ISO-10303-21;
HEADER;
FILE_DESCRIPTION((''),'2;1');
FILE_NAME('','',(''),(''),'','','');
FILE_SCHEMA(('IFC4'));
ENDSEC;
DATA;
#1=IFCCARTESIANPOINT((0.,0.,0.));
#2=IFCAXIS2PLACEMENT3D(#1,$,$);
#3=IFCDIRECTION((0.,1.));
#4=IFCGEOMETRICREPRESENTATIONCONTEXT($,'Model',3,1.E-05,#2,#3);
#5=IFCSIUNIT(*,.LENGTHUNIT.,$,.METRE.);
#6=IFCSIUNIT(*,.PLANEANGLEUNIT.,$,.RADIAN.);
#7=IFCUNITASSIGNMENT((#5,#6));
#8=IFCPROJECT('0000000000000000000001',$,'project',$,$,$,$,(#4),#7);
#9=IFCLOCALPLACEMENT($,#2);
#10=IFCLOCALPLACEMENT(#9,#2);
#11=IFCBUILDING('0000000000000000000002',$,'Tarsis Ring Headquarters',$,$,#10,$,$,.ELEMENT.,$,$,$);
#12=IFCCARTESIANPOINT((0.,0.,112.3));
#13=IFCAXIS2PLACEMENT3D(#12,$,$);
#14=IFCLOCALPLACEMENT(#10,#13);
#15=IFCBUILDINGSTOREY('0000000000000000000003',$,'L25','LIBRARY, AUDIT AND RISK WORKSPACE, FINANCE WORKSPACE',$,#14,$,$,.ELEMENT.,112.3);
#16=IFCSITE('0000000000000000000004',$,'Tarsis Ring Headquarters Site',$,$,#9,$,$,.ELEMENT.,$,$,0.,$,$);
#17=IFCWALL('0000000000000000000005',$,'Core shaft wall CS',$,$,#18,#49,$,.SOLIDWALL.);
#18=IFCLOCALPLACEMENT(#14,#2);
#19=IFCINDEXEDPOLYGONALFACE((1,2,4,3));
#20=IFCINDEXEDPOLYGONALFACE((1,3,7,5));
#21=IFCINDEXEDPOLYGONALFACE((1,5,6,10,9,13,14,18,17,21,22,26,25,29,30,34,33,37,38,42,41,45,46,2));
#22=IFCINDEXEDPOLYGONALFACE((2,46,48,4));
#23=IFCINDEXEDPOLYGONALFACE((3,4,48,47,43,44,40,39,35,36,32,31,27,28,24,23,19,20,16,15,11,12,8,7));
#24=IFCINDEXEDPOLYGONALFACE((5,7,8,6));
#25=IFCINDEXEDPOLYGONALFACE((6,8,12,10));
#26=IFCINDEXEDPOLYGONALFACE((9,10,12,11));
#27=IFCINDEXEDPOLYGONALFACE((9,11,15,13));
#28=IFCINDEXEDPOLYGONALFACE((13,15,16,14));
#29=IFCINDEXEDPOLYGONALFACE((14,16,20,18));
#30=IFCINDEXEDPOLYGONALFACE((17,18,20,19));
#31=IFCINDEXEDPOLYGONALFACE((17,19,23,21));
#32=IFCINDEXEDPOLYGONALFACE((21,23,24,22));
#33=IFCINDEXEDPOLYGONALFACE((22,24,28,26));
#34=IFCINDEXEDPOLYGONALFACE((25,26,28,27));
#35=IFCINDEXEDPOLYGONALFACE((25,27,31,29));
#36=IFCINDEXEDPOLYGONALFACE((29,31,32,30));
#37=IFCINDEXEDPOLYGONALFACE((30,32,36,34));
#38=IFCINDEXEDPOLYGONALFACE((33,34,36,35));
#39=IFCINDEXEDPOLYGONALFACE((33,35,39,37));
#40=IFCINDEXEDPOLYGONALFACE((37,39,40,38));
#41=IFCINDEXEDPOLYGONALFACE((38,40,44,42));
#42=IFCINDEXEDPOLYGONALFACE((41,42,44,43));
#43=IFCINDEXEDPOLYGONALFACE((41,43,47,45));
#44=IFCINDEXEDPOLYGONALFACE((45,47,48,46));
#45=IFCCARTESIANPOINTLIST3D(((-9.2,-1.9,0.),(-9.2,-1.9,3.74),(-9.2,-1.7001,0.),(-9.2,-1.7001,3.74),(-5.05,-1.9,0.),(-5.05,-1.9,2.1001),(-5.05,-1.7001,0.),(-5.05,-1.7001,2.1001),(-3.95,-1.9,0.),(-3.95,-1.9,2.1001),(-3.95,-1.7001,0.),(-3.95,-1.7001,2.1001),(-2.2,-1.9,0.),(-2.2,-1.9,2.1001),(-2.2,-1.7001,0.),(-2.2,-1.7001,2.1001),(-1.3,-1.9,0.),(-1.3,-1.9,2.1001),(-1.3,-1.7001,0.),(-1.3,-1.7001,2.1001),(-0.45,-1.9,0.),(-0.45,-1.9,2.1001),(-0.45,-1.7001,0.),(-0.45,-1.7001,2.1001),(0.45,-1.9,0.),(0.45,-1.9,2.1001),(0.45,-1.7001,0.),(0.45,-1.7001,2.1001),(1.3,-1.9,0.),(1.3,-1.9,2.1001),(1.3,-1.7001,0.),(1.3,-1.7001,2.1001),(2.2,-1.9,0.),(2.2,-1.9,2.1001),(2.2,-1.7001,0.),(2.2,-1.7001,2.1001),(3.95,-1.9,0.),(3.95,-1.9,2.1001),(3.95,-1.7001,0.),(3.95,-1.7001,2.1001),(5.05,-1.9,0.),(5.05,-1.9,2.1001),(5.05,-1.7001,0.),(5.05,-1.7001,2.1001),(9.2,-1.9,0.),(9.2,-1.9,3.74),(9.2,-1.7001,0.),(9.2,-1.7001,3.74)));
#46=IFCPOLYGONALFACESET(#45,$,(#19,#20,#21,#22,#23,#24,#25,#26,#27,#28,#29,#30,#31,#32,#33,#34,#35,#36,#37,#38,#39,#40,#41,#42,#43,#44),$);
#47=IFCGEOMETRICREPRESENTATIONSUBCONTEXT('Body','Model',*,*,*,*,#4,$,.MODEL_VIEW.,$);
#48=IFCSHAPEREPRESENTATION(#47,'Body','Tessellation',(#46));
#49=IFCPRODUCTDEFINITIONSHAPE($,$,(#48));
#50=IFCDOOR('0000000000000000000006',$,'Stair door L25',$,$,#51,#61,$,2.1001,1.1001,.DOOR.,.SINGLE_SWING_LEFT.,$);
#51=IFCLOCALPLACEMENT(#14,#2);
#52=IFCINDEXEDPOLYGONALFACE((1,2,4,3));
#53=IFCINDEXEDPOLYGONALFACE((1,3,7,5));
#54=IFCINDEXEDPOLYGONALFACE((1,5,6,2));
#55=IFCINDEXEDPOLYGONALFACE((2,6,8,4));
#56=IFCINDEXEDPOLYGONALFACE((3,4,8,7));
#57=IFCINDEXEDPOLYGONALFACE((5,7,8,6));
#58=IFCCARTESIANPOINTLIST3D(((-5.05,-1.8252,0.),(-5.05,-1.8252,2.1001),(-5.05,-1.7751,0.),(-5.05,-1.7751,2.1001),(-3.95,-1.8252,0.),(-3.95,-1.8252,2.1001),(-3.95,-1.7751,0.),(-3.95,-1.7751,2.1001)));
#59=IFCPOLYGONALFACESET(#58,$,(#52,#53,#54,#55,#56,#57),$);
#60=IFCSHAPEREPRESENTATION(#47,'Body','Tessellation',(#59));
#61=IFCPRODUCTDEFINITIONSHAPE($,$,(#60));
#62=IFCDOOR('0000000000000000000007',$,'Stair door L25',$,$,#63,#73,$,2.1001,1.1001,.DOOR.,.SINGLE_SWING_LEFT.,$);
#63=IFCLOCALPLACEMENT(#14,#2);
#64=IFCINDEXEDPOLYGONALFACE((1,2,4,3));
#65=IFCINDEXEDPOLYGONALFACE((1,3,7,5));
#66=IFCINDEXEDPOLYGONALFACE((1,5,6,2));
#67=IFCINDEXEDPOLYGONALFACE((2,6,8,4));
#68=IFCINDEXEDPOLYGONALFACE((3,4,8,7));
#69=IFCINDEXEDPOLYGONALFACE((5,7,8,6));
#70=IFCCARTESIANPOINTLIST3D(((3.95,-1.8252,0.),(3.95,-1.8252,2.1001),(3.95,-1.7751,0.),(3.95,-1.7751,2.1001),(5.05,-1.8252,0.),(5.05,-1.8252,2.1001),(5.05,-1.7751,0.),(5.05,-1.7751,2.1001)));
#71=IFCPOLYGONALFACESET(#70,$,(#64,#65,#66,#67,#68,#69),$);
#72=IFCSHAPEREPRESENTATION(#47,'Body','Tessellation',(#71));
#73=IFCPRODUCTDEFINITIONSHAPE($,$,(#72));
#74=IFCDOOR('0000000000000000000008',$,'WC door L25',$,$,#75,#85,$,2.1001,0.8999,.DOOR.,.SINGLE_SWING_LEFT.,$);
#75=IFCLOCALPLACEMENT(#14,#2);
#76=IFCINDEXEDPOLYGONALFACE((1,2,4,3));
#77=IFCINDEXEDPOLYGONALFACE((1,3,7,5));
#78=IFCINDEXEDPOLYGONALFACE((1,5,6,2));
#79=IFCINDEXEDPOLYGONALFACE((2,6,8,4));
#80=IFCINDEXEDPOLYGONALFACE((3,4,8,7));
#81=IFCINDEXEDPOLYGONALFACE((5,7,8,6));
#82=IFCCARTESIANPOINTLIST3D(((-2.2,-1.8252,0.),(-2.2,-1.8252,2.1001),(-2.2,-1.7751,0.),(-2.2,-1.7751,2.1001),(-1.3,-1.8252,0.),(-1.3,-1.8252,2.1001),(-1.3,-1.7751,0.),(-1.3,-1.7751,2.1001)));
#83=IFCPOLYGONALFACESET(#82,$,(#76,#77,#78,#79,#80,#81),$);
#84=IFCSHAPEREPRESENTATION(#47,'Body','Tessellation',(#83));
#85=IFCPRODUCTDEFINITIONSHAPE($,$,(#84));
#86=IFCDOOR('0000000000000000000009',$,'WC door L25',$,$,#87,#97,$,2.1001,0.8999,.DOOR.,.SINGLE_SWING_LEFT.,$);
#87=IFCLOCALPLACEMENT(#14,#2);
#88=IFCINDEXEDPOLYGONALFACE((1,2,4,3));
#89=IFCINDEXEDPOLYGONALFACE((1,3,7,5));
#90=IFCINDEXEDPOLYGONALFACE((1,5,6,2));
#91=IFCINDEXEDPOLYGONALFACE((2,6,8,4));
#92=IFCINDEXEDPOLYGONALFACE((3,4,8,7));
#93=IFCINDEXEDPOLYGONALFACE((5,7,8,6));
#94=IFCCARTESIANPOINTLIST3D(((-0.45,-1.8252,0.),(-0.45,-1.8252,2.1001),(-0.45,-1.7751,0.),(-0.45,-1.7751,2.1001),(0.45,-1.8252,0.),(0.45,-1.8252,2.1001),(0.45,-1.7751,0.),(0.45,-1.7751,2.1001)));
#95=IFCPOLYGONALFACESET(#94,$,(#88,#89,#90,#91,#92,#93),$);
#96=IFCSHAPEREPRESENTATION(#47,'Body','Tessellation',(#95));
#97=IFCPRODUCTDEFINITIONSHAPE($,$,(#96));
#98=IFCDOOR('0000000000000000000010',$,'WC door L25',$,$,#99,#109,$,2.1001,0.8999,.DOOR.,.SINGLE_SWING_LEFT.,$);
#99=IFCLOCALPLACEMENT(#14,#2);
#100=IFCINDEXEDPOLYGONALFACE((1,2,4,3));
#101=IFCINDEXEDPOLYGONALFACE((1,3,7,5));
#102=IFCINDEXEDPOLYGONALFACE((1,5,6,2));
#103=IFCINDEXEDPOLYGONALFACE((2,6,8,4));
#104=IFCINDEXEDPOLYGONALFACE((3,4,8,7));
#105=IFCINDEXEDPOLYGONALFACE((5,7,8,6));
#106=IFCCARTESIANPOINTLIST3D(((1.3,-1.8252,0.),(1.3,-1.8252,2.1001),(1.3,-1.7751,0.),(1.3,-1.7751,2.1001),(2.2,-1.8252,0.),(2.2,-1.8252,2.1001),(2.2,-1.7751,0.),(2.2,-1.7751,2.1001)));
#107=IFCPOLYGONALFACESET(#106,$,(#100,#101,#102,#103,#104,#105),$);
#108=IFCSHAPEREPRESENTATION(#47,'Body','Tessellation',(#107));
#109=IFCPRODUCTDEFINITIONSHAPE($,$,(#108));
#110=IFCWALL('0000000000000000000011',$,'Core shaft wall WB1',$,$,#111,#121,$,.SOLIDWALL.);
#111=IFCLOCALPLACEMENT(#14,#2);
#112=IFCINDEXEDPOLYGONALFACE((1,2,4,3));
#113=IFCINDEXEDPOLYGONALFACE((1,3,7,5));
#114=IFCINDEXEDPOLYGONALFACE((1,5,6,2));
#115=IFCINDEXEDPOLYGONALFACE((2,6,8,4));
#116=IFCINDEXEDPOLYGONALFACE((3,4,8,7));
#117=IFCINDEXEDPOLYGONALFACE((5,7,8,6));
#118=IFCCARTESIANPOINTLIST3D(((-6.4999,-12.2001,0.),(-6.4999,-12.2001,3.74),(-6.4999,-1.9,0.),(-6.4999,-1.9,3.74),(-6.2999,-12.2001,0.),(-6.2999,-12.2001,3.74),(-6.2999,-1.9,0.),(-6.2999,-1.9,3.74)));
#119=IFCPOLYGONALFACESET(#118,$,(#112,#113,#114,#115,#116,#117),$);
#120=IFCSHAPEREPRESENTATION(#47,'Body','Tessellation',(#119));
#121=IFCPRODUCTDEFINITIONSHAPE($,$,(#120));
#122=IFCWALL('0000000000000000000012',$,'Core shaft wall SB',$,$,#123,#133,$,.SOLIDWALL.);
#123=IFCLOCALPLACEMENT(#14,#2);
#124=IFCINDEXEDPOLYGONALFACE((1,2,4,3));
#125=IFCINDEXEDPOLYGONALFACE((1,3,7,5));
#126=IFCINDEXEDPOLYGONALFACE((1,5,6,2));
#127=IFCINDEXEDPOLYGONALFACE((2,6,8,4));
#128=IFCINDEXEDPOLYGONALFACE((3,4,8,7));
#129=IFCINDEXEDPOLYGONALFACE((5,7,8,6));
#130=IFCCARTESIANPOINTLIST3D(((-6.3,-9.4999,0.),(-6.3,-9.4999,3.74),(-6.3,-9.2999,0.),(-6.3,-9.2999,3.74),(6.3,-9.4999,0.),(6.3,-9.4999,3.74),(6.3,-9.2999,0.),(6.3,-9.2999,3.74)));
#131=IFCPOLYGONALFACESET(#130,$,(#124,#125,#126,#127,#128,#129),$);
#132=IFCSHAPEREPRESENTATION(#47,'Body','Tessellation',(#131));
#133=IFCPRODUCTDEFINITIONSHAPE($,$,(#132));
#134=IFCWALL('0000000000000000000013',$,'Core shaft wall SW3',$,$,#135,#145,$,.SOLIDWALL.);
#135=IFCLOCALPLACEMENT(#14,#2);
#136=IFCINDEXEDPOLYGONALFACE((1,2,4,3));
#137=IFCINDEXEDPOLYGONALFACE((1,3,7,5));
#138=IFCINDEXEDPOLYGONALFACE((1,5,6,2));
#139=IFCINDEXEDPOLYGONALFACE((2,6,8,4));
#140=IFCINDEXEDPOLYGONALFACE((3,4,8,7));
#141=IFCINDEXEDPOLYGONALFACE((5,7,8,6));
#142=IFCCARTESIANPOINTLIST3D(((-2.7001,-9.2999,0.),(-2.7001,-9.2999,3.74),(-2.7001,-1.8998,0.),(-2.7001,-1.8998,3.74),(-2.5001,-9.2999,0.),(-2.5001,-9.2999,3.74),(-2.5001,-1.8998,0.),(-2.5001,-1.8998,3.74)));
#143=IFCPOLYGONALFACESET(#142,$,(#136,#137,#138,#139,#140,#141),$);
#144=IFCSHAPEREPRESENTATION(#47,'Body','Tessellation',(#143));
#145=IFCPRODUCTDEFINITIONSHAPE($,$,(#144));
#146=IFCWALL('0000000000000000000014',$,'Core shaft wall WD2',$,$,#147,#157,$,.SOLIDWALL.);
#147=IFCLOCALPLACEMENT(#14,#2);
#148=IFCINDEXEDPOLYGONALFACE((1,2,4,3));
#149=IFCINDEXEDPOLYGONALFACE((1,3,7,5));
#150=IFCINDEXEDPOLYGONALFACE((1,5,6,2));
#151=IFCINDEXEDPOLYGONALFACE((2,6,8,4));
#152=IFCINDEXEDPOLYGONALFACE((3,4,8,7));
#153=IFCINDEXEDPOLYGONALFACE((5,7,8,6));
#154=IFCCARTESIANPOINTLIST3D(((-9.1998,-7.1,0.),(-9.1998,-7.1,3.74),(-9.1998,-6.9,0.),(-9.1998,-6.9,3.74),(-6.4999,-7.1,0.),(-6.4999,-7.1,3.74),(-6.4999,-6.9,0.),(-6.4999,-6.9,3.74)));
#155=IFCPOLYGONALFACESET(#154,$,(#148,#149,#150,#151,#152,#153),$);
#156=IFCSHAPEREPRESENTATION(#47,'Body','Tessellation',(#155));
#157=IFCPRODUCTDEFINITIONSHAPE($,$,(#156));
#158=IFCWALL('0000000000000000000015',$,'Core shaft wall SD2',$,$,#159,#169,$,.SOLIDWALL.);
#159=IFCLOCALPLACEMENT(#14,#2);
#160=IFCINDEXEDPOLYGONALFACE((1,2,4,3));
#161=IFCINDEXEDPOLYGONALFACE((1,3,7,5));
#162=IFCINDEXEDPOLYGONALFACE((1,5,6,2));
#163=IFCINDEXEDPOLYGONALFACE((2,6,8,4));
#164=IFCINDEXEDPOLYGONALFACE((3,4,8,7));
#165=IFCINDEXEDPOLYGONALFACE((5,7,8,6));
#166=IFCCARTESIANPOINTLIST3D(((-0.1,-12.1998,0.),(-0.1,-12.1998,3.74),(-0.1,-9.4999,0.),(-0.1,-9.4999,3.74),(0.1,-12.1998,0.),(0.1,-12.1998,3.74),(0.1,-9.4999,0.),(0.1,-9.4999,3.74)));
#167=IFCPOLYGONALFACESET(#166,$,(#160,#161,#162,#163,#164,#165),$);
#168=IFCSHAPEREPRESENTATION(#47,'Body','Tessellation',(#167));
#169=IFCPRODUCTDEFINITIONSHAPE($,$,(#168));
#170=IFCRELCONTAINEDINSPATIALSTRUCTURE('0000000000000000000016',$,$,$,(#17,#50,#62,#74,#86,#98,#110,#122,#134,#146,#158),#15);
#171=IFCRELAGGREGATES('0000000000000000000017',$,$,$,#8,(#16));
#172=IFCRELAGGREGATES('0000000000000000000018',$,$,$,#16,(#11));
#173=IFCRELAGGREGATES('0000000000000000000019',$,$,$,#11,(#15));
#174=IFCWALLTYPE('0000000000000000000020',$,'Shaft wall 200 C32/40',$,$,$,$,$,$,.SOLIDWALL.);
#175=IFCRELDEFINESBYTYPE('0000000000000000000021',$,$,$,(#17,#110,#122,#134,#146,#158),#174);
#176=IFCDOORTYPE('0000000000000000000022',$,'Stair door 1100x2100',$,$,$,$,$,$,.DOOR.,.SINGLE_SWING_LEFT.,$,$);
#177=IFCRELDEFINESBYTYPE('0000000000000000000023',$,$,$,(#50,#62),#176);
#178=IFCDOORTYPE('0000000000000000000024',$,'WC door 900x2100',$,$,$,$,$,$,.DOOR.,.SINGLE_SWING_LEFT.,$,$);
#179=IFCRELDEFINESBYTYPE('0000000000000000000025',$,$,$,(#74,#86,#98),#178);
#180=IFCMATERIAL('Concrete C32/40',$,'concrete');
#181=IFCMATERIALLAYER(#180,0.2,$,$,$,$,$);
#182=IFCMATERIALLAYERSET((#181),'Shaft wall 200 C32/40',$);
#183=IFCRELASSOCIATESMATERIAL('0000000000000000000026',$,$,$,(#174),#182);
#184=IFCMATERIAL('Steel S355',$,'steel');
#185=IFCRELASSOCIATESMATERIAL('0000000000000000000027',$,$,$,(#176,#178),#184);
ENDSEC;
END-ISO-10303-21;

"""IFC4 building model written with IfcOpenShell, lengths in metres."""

from ifc_helpers import new_model, si_unit, direction, frame, frame_2d, origin, place, context, subcontext, project, spatial, rectangle, extrude, material, layer, layer_set, type_object, element, fill, save


model = new_model("IFC4")

# Units and contexts
model_context = context("Model", 3, precision=1e-05, world=origin(), true_north=direction((0.0, 1.0)))
body_context = subcontext(model_context, "Body", "Model", "MODEL_VIEW")
ifc_project = project(units=[si_unit("LENGTHUNIT", "METRE"), si_unit("PLANEANGLEUNIT", "RADIAN")], contexts=[model_context])

# Site, building, storey
site_placement = place(None, origin())
site = spatial("IfcSite", under=ifc_project, at=site_placement, Name="Tarsis Ring Headquarters Site", CompositionType="ELEMENT", RefElevation=0.0)
building_placement = place(site_placement, origin())
building = spatial("IfcBuilding", under=site, at=building_placement, Name="Tarsis Ring Headquarters", CompositionType="ELEMENT")
storey_placement = place(building_placement, frame((0.0, 0.0, 112.3)))
storey = spatial("IfcBuildingStorey", under=building, at=storey_placement, Name="L25", Description="LIBRARY, AUDIT AND RISK WORKSPACE, FINANCE WORKSPACE", CompositionType="ELEMENT", Elevation=112.3)

# Shared definitions
ifc_material_1 = material(Name="Concrete C32/40", Category="concrete")

# Wall, openings, doors
ifc_layer_1 = layer(ifc_material_1, 0.2)
ifc_layer_set_1 = layer_set([ifc_layer_1], Name="Shaft wall 200 C32/40")
wall_type_1 = type_object("IfcWallType", Name="Shaft wall 200 C32/40", PredefinedType="SOLIDWALL", material=ifc_layer_set_1)
wall_1_placement = place(storey_placement, frame((-9.2, -1.8, 0.0), z_axis=(0.0, 0.0, 1.0), x_axis=(1.0, 0.0, 0.0)))
wall_1 = element("IfcWall", 1, at=wall_1_placement, inside=storey, type_object=wall_type_1, Name="Core shaft wall CS", PredefinedType="SOLIDWALL", context=body_context, shape_type="SweptSolid", body=[
    extrude(rectangle(XDim=18.3999, YDim=0.2, at=frame_2d((9.2, 0.0))), origin(), (0.0, 0.0, 1.0), 3.74),
])
opening_1_placement = place(wall_1_placement, frame((4.1499, 0.0, 0.0)))
opening_1 = element("IfcOpeningElement", 2, at=opening_1_placement, cuts=wall_1, PredefinedType="OPENING", context=body_context, shape_type="SweptSolid", body=[
    extrude(rectangle(XDim=1.1001, YDim=2.1001, at=frame_2d((0.55, 1.05))), frame((0.0, 0.1099, 0.0), z_axis=(0.0, -1.0, 0.0), x_axis=(1.0, 0.0, 0.0)), (0.0, 0.0, 1.0), 0.22),
])
opening_2_placement = place(wall_1_placement, frame((7.0, 0.0, 0.0)))
opening_2 = element("IfcOpeningElement", 3, at=opening_2_placement, cuts=wall_1, PredefinedType="OPENING", context=body_context, shape_type="SweptSolid", body=[
    extrude(rectangle(XDim=0.8999, YDim=2.1001, at=frame_2d((0.45, 1.05))), frame((0.0, 0.1099, 0.0), z_axis=(0.0, -1.0, 0.0), x_axis=(1.0, 0.0, 0.0)), (0.0, 0.0, 1.0), 0.22),
])
opening_3_placement = place(wall_1_placement, frame((8.75, 0.0, 0.0)))
opening_3 = element("IfcOpeningElement", 4, at=opening_3_placement, cuts=wall_1, PredefinedType="OPENING", context=body_context, shape_type="SweptSolid", body=[
    extrude(rectangle(XDim=0.8999, YDim=2.1001, at=frame_2d((0.45, 1.05))), frame((0.0, 0.1099, 0.0), z_axis=(0.0, -1.0, 0.0), x_axis=(1.0, 0.0, 0.0)), (0.0, 0.0, 1.0), 0.22),
])
opening_4_placement = place(wall_1_placement, frame((10.5, 0.0, 0.0)))
opening_4 = element("IfcOpeningElement", 5, at=opening_4_placement, cuts=wall_1, PredefinedType="OPENING", context=body_context, shape_type="SweptSolid", body=[
    extrude(rectangle(XDim=0.8999, YDim=2.1001, at=frame_2d((0.45, 1.05))), frame((0.0, 0.1099, 0.0), z_axis=(0.0, -1.0, 0.0), x_axis=(1.0, 0.0, 0.0)), (0.0, 0.0, 1.0), 0.22),
])
opening_5_placement = place(wall_1_placement, frame((13.1499, 0.0, 0.0)))
opening_5 = element("IfcOpeningElement", 6, at=opening_5_placement, cuts=wall_1, PredefinedType="OPENING", context=body_context, shape_type="SweptSolid", body=[
    extrude(rectangle(XDim=1.1001, YDim=2.1001, at=frame_2d((0.55, 1.05))), frame((0.0, 0.1099, 0.0), z_axis=(0.0, -1.0, 0.0), x_axis=(1.0, 0.0, 0.0)), (0.0, 0.0, 1.0), 0.22),
])
ifc_material_2 = material(Name="Steel S355", Category="steel")
door_type_1 = type_object("IfcDoorType", Name="Stair door 1100x2100", OperationType="SINGLE_SWING_LEFT", PredefinedType="DOOR", material=ifc_material_2)
door_1_placement = place(opening_1_placement, origin())
door_1 = element("IfcDoor", 7, at=door_1_placement, inside=storey, type_object=door_type_1, Name="Stair door L25", OperationType="SINGLE_SWING_LEFT", OverallHeight=2.1001, OverallWidth=1.1001, PredefinedType="DOOR", context=body_context, shape_type="SweptSolid", body=[
    extrude(rectangle(XDim=1.1001, YDim=2.1001, at=frame_2d((0.55, 1.05))), frame((0.0, 0.0249, 0.0), z_axis=(0.0, -1.0, 0.0), x_axis=(1.0, 0.0, 0.0)), (0.0, 0.0, 1.0), 0.05),
])
fill(opening_1, door_1)
door_2_placement = place(opening_5_placement, origin())
door_2 = element("IfcDoor", 8, at=door_2_placement, inside=storey, type_object=door_type_1, Name="Stair door L25", OperationType="SINGLE_SWING_LEFT", OverallHeight=2.1001, OverallWidth=1.1001, PredefinedType="DOOR", context=body_context, shape_type="SweptSolid", body=[
    extrude(rectangle(XDim=1.1001, YDim=2.1001, at=frame_2d((0.55, 1.05))), frame((0.0, 0.0249, 0.0), z_axis=(0.0, -1.0, 0.0), x_axis=(1.0, 0.0, 0.0)), (0.0, 0.0, 1.0), 0.05),
])
fill(opening_5, door_2)
door_type_2 = type_object("IfcDoorType", Name="WC door 900x2100", OperationType="SINGLE_SWING_LEFT", PredefinedType="DOOR", material=ifc_material_2)
door_3_placement = place(opening_2_placement, origin())
door_3 = element("IfcDoor", 9, at=door_3_placement, inside=storey, type_object=door_type_2, Name="WC door L25", OperationType="SINGLE_SWING_LEFT", OverallHeight=2.1001, OverallWidth=0.8999, PredefinedType="DOOR", context=body_context, shape_type="SweptSolid", body=[
    extrude(rectangle(XDim=0.8999, YDim=2.1001, at=frame_2d((0.45, 1.05))), frame((0.0, 0.0249, 0.0), z_axis=(0.0, -1.0, 0.0), x_axis=(1.0, 0.0, 0.0)), (0.0, 0.0, 1.0), 0.05),
])
fill(opening_2, door_3)
door_4_placement = place(opening_3_placement, origin())
door_4 = element("IfcDoor", 10, at=door_4_placement, inside=storey, type_object=door_type_2, Name="WC door L25", OperationType="SINGLE_SWING_LEFT", OverallHeight=2.1001, OverallWidth=0.8999, PredefinedType="DOOR", context=body_context, shape_type="SweptSolid", body=[
    extrude(rectangle(XDim=0.8999, YDim=2.1001, at=frame_2d((0.45, 1.05))), frame((0.0, 0.0249, 0.0), z_axis=(0.0, -1.0, 0.0), x_axis=(1.0, 0.0, 0.0)), (0.0, 0.0, 1.0), 0.05),
])
fill(opening_3, door_4)
door_5_placement = place(opening_4_placement, origin())
door_5 = element("IfcDoor", 11, at=door_5_placement, inside=storey, type_object=door_type_2, Name="WC door L25", OperationType="SINGLE_SWING_LEFT", OverallHeight=2.1001, OverallWidth=0.8999, PredefinedType="DOOR", context=body_context, shape_type="SweptSolid", body=[
    extrude(rectangle(XDim=0.8999, YDim=2.1001, at=frame_2d((0.45, 1.05))), frame((0.0, 0.0249, 0.0), z_axis=(0.0, -1.0, 0.0), x_axis=(1.0, 0.0, 0.0)), (0.0, 0.0, 1.0), 0.05),
])
fill(opening_4, door_5)

# Walls
wall_2_placement = place(storey_placement, frame((-6.3999, -12.2, 0.0), z_axis=(0.0, 0.0, 1.0), x_axis=(0.0, 1.0, 0.0)))
element("IfcWall", 12, at=wall_2_placement, inside=storey, type_object=wall_type_1, Name="Core shaft wall WB1", PredefinedType="SOLIDWALL", context=body_context, shape_type="SweptSolid", body=[
    extrude(rectangle(XDim=10.3, YDim=0.2, at=frame_2d((5.1499, 0.0))), origin(), (0.0, 0.0, 1.0), 3.74),
])
wall_3_placement = place(storey_placement, frame((-6.3, -9.3999, 0.0), z_axis=(0.0, 0.0, 1.0), x_axis=(1.0, 0.0, 0.0)))
element("IfcWall", 13, at=wall_3_placement, inside=storey, type_object=wall_type_1, Name="Core shaft wall SB", PredefinedType="SOLIDWALL", context=body_context, shape_type="SweptSolid", body=[
    extrude(rectangle(XDim=12.6001, YDim=0.2, at=frame_2d((6.3, 0.0))), origin(), (0.0, 0.0, 1.0), 3.74),
])
wall_4_placement = place(storey_placement, frame((-2.6001, -9.3, 0.0), z_axis=(0.0, 0.0, 1.0), x_axis=(0.0, 1.0, 0.0)))
element("IfcWall", 14, at=wall_4_placement, inside=storey, type_object=wall_type_1, Name="Core shaft wall SW3", PredefinedType="SOLIDWALL", context=body_context, shape_type="SweptSolid", body=[
    extrude(rectangle(XDim=7.4001, YDim=0.2, at=frame_2d((3.7002, 0.0))), origin(), (0.0, 0.0, 1.0), 3.74),
])
for number, where, z_axis, x_axis, name in (
    (15, (-9.2, -7.0, 0.0), (0.0, 0.0, 1.0), (1.0, 0.0, 0.0), "Core shaft wall WD2"),
    (16, (0.0, -12.2, 0.0), (0.0, 0.0, 1.0), (0.0, 1.0, 0.0), "Core shaft wall SD2"),
):
    element("IfcWall", number, at=place(storey_placement, frame(where, z_axis=z_axis, x_axis=x_axis)), inside=storey, type_object=wall_type_1, Name=name, PredefinedType="SOLIDWALL", context=body_context, shape_type="SweptSolid", body=[
        extrude(rectangle(XDim=2.7, YDim=0.2, at=frame_2d((1.3501, 0.0))), origin(), (0.0, 0.0, 1.0), 3.74),
    ])

save(model, "model.ifc")
